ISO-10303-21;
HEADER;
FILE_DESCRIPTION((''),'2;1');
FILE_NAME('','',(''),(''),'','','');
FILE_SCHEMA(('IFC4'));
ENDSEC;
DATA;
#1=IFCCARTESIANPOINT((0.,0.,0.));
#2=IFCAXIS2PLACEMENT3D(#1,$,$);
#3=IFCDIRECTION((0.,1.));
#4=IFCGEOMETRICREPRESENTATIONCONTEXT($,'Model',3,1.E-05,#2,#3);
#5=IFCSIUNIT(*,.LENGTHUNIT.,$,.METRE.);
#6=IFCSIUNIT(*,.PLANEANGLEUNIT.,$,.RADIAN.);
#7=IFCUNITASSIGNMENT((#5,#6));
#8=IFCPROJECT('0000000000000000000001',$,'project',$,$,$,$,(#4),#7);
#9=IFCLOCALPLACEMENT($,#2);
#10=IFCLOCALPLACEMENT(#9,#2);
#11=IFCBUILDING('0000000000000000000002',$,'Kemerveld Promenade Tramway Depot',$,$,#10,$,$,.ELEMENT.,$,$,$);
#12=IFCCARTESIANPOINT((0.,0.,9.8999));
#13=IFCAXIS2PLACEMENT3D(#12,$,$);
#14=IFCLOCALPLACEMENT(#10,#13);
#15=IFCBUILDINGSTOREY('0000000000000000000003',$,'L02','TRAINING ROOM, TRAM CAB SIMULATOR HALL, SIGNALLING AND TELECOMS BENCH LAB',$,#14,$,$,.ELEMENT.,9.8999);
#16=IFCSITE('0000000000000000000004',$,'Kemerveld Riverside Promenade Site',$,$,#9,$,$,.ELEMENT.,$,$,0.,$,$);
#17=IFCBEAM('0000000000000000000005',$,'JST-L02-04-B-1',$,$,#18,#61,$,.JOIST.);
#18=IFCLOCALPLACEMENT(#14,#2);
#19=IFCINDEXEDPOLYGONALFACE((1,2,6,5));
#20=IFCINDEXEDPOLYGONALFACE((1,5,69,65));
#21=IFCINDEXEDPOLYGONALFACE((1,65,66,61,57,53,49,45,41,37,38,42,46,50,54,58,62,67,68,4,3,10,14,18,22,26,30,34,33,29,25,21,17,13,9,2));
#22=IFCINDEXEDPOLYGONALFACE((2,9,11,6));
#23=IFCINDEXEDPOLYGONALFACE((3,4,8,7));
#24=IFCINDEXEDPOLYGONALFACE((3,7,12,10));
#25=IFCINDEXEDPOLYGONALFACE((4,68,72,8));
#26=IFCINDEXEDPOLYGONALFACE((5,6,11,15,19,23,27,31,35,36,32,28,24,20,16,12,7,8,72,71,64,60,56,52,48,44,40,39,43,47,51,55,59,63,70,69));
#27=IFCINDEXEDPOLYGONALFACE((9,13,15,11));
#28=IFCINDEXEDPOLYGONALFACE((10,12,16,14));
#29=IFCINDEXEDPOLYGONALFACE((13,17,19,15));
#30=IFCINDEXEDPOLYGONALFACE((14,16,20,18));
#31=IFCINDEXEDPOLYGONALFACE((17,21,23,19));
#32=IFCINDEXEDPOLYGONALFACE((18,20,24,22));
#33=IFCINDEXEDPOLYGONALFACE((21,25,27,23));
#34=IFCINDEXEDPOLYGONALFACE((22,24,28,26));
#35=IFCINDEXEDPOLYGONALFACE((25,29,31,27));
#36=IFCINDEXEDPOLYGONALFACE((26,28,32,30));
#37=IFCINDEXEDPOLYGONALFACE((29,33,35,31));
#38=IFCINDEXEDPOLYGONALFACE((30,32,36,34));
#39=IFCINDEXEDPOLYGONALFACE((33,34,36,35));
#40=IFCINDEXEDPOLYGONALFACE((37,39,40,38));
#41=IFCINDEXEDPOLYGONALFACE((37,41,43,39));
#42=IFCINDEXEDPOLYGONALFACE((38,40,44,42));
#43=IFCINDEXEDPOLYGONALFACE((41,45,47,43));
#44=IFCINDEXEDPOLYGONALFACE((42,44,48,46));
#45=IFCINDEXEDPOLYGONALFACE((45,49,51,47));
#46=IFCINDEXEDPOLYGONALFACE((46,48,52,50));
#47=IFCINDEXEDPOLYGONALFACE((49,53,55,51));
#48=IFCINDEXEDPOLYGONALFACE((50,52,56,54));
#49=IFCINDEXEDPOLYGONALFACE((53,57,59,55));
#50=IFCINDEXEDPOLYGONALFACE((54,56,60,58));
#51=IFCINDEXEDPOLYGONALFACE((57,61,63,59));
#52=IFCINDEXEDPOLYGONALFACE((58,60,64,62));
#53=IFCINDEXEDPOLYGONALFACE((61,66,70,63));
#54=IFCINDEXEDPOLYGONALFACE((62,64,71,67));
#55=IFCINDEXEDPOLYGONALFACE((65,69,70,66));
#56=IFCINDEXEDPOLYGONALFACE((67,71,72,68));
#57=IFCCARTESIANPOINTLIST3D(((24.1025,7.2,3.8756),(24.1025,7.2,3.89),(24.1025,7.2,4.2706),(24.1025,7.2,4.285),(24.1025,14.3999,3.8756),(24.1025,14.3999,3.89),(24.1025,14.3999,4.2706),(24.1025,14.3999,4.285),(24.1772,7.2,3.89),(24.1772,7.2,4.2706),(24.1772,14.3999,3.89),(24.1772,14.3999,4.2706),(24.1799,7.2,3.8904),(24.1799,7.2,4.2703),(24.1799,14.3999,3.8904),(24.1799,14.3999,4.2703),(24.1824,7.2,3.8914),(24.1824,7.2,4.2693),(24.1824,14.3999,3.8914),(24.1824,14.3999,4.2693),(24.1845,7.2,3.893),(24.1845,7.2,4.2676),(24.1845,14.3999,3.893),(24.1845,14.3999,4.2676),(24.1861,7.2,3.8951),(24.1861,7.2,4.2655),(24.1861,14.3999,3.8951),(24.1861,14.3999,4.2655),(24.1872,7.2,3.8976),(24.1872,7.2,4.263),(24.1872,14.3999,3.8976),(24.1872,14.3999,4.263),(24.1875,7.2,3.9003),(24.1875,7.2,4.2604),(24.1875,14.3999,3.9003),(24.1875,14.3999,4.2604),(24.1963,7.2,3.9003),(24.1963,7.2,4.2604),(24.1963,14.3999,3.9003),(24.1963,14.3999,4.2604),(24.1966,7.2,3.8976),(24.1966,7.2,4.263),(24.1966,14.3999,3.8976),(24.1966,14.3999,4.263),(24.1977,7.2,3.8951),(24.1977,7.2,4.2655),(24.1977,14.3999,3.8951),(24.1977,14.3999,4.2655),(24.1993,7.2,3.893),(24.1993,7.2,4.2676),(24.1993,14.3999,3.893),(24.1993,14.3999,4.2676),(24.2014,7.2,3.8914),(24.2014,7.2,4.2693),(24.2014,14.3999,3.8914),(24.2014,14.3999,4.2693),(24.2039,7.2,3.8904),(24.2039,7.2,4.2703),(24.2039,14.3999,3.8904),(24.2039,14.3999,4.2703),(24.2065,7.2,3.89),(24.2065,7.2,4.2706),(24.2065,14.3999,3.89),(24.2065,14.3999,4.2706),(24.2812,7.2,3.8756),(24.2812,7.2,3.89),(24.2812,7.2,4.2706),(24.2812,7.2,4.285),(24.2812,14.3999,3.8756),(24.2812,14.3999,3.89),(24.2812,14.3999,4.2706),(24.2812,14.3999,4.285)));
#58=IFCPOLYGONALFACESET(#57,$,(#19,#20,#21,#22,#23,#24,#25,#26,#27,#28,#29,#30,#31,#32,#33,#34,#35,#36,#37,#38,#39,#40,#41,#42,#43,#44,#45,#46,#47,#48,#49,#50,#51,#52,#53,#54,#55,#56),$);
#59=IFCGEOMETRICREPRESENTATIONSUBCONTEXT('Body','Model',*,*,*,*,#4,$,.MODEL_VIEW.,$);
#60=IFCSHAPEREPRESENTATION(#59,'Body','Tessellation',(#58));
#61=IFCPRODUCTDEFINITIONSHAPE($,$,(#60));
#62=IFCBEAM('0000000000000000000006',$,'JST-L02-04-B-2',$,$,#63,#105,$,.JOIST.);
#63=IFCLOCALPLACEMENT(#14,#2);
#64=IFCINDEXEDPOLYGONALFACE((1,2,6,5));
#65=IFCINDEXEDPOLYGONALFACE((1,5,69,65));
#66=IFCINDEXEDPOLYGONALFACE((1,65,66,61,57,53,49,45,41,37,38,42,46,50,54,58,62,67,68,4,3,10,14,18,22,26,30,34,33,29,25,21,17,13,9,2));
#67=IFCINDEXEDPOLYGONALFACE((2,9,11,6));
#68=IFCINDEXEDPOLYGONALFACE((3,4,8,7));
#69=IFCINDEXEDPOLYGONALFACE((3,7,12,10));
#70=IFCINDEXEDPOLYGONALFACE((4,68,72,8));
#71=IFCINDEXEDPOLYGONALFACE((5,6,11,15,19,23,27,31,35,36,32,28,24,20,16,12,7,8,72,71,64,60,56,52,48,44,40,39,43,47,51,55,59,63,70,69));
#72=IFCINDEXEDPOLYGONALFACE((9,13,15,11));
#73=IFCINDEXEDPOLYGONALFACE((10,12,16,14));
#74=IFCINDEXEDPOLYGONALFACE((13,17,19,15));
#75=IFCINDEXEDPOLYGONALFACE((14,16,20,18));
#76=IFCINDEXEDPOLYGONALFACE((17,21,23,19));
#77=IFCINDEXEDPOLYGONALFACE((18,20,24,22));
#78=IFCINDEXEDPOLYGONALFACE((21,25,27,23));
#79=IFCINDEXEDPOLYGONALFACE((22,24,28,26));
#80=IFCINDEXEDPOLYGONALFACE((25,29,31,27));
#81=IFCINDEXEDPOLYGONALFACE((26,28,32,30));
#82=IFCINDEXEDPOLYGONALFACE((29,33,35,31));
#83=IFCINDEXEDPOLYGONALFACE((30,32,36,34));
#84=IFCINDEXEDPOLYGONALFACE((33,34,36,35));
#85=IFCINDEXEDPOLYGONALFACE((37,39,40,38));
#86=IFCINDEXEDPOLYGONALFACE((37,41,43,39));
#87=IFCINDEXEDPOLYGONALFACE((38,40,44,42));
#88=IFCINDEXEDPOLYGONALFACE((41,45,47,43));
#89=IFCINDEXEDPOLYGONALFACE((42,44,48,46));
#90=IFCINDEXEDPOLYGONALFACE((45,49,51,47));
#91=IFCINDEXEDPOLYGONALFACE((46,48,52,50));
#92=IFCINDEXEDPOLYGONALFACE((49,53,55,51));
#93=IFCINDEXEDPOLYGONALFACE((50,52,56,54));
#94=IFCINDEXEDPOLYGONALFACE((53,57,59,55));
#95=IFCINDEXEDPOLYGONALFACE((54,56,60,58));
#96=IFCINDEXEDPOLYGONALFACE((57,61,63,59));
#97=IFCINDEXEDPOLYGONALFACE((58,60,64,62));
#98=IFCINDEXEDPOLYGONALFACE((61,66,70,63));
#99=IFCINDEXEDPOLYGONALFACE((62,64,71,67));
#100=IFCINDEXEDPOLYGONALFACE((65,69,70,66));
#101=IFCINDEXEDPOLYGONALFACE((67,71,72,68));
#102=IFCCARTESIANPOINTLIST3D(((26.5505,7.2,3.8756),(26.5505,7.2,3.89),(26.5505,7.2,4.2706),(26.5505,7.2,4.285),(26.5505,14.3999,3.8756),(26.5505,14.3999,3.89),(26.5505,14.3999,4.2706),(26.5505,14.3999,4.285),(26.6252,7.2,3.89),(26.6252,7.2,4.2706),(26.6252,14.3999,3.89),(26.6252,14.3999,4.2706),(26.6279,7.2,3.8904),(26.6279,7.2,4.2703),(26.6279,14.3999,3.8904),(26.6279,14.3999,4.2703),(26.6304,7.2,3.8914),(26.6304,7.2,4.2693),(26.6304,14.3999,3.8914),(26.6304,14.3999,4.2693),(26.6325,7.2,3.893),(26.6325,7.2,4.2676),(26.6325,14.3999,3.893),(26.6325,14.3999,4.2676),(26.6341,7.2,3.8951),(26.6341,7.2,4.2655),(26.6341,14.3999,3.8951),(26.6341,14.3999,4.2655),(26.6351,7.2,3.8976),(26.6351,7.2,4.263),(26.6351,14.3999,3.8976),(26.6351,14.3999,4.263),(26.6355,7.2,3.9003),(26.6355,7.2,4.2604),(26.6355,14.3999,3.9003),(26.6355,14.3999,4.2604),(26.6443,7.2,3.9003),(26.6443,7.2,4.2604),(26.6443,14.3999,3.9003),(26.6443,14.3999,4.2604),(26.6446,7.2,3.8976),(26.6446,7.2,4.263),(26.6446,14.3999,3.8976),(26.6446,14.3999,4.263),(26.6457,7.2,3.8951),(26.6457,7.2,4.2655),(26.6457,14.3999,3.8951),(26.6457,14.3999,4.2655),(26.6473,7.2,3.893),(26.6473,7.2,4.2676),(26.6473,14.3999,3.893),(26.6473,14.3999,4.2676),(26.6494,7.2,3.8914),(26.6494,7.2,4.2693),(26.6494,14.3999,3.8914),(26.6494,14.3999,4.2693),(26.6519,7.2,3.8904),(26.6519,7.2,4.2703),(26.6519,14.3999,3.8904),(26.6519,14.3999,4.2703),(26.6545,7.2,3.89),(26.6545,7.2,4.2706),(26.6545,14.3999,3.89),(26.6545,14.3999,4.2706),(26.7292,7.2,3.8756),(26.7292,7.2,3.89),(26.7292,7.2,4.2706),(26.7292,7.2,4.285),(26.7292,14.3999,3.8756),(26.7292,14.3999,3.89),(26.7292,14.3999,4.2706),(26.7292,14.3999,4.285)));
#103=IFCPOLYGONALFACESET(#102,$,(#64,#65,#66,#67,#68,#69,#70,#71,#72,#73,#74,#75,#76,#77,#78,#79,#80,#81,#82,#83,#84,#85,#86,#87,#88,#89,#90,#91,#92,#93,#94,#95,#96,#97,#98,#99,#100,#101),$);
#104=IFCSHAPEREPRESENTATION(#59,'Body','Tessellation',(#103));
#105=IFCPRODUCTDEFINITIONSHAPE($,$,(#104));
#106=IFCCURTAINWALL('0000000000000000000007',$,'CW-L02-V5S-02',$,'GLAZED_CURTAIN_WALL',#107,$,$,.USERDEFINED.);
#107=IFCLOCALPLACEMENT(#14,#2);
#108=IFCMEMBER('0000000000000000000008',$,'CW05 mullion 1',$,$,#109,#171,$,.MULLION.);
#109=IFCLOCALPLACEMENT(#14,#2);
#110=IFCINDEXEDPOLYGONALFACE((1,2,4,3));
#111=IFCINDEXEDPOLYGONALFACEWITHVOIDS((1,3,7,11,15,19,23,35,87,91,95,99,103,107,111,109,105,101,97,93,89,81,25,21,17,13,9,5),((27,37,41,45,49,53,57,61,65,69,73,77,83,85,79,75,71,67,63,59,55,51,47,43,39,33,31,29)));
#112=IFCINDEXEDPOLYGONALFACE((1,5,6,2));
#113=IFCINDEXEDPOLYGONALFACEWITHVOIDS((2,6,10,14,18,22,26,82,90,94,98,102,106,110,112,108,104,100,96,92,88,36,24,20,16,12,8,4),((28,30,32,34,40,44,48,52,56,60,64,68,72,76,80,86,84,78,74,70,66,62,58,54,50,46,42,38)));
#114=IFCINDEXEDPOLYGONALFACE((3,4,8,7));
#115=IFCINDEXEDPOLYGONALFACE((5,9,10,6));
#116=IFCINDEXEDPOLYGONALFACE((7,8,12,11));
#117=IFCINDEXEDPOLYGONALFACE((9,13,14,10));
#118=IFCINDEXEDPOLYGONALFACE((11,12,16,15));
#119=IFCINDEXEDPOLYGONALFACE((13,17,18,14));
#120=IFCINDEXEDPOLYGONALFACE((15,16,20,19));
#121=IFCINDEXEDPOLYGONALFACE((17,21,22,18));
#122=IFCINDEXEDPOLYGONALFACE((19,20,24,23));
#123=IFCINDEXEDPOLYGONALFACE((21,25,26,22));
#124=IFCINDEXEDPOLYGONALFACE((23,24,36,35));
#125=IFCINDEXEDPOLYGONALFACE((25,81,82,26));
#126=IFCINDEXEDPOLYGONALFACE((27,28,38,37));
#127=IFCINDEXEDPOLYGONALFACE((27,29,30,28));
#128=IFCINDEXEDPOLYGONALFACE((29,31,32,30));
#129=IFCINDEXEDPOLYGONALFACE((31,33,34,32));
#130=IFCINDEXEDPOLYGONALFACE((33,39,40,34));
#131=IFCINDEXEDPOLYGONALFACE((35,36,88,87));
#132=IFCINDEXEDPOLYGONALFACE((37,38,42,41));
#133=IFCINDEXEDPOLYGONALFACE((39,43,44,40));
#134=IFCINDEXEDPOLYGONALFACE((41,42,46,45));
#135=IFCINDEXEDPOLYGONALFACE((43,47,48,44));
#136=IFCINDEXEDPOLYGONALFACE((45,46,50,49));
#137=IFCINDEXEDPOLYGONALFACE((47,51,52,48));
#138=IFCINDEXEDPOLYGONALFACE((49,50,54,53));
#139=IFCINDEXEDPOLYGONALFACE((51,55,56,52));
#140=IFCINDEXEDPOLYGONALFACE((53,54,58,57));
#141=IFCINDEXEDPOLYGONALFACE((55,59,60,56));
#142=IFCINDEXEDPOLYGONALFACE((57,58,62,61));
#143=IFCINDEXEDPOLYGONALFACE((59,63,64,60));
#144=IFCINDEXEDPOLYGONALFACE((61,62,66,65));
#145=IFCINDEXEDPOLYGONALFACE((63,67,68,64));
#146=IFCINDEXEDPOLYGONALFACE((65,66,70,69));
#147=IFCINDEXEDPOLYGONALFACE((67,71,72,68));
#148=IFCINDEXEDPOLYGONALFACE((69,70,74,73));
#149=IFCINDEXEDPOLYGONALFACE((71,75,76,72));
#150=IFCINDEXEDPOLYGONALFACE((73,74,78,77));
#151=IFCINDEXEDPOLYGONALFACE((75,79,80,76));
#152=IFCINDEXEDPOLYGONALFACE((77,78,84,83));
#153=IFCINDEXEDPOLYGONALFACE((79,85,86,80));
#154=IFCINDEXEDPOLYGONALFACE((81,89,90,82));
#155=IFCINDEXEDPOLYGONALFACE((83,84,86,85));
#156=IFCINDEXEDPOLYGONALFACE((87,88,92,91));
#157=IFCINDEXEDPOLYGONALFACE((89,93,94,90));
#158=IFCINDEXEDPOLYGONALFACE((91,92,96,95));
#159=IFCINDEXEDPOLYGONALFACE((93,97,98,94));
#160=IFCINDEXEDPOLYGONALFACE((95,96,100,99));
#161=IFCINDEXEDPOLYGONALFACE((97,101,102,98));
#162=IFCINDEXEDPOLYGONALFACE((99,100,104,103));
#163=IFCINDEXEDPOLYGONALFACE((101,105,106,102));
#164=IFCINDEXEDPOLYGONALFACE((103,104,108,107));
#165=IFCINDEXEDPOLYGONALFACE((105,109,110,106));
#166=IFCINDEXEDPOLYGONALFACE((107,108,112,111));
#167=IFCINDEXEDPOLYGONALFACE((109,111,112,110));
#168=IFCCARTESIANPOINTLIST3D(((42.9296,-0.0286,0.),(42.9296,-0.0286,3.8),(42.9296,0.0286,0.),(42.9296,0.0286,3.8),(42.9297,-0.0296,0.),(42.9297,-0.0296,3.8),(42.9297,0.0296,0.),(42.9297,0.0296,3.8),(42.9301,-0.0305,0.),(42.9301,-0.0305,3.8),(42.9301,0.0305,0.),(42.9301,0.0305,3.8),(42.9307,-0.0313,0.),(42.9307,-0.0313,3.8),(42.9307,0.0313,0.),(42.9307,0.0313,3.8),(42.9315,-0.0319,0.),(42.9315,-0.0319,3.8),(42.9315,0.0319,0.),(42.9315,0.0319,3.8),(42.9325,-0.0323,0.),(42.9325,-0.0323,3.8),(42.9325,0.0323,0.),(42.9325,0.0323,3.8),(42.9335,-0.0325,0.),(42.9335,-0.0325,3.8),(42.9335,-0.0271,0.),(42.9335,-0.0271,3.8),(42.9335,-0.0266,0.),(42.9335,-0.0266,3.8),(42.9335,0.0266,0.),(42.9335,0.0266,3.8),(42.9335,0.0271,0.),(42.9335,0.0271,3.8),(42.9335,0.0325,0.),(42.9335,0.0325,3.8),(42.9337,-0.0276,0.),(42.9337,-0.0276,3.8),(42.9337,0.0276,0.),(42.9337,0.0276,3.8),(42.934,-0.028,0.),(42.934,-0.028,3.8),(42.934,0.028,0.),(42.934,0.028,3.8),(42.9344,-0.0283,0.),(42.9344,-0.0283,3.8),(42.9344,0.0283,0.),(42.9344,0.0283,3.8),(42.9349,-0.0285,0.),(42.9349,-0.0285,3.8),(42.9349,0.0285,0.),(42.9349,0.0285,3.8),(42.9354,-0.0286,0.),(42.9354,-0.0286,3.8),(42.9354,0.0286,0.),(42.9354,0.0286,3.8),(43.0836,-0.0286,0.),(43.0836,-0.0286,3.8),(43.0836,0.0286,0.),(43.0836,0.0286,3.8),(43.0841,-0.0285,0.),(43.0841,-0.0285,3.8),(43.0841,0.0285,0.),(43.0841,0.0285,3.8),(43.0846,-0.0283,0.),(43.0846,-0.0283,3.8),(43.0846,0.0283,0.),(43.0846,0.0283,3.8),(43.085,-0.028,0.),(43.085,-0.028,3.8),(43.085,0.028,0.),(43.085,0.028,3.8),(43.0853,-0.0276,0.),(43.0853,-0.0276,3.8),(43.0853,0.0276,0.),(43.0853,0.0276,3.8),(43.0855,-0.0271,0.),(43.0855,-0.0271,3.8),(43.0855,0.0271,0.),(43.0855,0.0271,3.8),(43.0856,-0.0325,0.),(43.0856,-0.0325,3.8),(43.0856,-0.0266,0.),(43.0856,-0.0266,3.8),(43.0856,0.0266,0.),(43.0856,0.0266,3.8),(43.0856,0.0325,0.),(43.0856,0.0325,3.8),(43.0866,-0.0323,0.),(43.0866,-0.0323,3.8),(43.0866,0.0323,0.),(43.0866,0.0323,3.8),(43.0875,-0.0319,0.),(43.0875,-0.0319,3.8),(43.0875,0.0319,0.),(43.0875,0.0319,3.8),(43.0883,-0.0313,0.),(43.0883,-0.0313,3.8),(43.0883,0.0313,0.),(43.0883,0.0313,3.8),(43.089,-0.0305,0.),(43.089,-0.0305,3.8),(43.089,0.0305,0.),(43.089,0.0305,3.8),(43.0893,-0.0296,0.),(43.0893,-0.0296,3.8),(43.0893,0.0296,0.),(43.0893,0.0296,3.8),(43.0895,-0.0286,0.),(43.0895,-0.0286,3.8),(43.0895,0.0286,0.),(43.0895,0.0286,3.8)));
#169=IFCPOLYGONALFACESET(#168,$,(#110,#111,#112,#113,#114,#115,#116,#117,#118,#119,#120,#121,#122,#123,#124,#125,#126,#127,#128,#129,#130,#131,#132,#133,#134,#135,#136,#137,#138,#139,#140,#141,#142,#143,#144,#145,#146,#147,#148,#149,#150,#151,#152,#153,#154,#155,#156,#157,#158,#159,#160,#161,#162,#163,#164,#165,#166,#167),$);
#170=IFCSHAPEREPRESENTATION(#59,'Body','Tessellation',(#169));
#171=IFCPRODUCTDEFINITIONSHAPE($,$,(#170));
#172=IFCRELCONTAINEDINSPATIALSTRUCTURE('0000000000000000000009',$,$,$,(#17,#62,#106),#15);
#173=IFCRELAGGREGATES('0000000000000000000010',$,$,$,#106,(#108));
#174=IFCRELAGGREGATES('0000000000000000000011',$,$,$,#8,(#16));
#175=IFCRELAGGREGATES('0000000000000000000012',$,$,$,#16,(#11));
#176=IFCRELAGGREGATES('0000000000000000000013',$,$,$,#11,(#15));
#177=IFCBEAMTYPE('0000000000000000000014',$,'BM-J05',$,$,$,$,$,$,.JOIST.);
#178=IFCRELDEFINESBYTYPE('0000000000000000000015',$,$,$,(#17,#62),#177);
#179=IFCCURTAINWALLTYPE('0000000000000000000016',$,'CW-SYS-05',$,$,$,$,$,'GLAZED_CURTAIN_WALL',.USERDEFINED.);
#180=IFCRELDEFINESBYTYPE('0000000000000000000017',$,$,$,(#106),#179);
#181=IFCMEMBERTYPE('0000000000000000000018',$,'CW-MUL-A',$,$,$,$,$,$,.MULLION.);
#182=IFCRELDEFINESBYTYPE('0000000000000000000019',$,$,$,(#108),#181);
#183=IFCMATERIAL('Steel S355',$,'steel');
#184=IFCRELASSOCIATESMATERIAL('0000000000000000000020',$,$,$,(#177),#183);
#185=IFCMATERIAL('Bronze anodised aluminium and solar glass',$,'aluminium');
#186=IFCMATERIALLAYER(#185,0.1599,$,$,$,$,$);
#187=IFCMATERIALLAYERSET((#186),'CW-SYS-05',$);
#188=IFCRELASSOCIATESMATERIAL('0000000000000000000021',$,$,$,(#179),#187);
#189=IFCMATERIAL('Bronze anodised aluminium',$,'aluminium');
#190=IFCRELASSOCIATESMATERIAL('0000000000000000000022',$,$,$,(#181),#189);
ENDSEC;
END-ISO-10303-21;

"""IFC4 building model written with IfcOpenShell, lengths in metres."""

from ifc_helpers import new_model, si_unit, direction, frame, origin, origin_2d, place, context, subcontext, project, spatial, hollow_rectangle, i_section, extrude, material, layer, layer_set, material_profile, profile_set, type_object, element, aggregate, save


model = new_model("IFC4")

# Units and contexts
model_context = context("Model", 3, precision=1e-05, world=origin(), true_north=direction((0.0, 1.0)))
body_context = subcontext(model_context, "Body", "Model", "MODEL_VIEW")
ifc_project = project(units=[si_unit("LENGTHUNIT", "METRE"), si_unit("PLANEANGLEUNIT", "RADIAN")], contexts=[model_context])

# Site, building, storey
site_placement = place(None, origin())
site = spatial("IfcSite", under=ifc_project, at=site_placement, Name="Kemerveld Riverside Promenade Site", CompositionType="ELEMENT", RefElevation=0.0)
building_placement = place(site_placement, origin())
building = spatial("IfcBuilding", under=site, at=building_placement, Name="Kemerveld Promenade Tramway Depot", CompositionType="ELEMENT")
storey_placement = place(building_placement, frame((0.0, 0.0, 9.8999)))
storey = spatial("IfcBuildingStorey", under=building, at=storey_placement, Name="L02", Description="TRAINING ROOM, TRAM CAB SIMULATOR HALL, SIGNALLING AND TELECOMS BENCH LAB", CompositionType="ELEMENT", Elevation=9.8999)

# Shared definitions
ifc_material_1 = material(Name="Steel S355", Category="steel")

# Beams
ifc_material_profile_1 = material_profile(ifc_material_1, i_section(OverallWidth=0.1787, OverallDepth=0.4094, WebThickness=0.0088, FlangeThickness=0.0144, FilletRadius=0.0103, at=origin_2d()), Name="406x178x67 UB")
ifc_profile_set_1 = profile_set([ifc_material_profile_1], Name="Steel S355")
beam_type_1 = type_object("IfcBeamType", Name="BM-J05", PredefinedType="JOIST", material=ifc_profile_set_1)
for number, where, z_axis, x_axis, name in (
    (1, (24.1919, 7.2, 4.0803), (0.0, 1.0, 0.0), (-1.0, 0.0, 0.0), "JST-L02-04-B-1"),
    (2, (26.6399, 7.2, 4.0803), (0.0, 1.0, 0.0), (-1.0, 0.0, 0.0), "JST-L02-04-B-2"),
):
    element("IfcBeam", number, at=place(storey_placement, frame(where, z_axis=z_axis, x_axis=x_axis)), inside=storey, type_object=beam_type_1, Name=name, PredefinedType="JOIST", context=body_context, shape_type="SweptSolid", body=[
        extrude(i_section(OverallWidth=0.1787, OverallDepth=0.4094, WebThickness=0.0088, FlangeThickness=0.0144, FilletRadius=0.0103, at=origin_2d()), origin(), (0.0, 0.0, 1.0), 7.2),
    ])

# Curtain wall, member
ifc_material_2 = material(Name="Bronze anodised aluminium and solar glass", Category="aluminium")
ifc_layer_1 = layer(ifc_material_2, 0.1599)
ifc_layer_set_1 = layer_set([ifc_layer_1], Name="CW-SYS-05")
curtain_wall_type = type_object("IfcCurtainWallType", Name="CW-SYS-05", ElementType="GLAZED_CURTAIN_WALL", PredefinedType="USERDEFINED", material=ifc_layer_set_1)
curtain_wall_placement = place(storey_placement, origin())
curtain_wall = element("IfcCurtainWall", 3, at=curtain_wall_placement, inside=storey, type_object=curtain_wall_type, Name="CW-L02-V5S-02", ObjectType="GLAZED_CURTAIN_WALL", PredefinedType="USERDEFINED")
ifc_material_3 = material(Name="Bronze anodised aluminium", Category="aluminium")
ifc_material_profile_2 = material_profile(ifc_material_3, hollow_rectangle(XDim=0.0649, YDim=0.1599, WallThickness=0.0039, InnerFilletRadius=0.002, OuterFilletRadius=0.0039, at=origin_2d()), Name="CW-MUL-160x65")
ifc_profile_set_2 = profile_set([ifc_material_profile_2], Name="Bronze anodised aluminium")
member_type_1 = type_object("IfcMemberType", Name="CW-MUL-A", PredefinedType="MULLION", material=ifc_profile_set_2)
member_1_placement = place(storey_placement, frame((43.0095, 0.0, 0.0), z_axis=(0.0, 0.0, 1.0), x_axis=(0.0, -1.0, 0.0)))
member_1 = element("IfcMember", 4, at=member_1_placement, type_object=member_type_1, Name="CW05 mullion 1", PredefinedType="MULLION", context=body_context, shape_type="SweptSolid", body=[
    extrude(hollow_rectangle(XDim=0.0649, YDim=0.1599, WallThickness=0.0039, InnerFilletRadius=0.002, OuterFilletRadius=0.0039, at=origin_2d()), origin(), (0.0, 0.0, 1.0), 3.8),
])
aggregate(curtain_wall, [member_1])

save(model, "model.ifc")
